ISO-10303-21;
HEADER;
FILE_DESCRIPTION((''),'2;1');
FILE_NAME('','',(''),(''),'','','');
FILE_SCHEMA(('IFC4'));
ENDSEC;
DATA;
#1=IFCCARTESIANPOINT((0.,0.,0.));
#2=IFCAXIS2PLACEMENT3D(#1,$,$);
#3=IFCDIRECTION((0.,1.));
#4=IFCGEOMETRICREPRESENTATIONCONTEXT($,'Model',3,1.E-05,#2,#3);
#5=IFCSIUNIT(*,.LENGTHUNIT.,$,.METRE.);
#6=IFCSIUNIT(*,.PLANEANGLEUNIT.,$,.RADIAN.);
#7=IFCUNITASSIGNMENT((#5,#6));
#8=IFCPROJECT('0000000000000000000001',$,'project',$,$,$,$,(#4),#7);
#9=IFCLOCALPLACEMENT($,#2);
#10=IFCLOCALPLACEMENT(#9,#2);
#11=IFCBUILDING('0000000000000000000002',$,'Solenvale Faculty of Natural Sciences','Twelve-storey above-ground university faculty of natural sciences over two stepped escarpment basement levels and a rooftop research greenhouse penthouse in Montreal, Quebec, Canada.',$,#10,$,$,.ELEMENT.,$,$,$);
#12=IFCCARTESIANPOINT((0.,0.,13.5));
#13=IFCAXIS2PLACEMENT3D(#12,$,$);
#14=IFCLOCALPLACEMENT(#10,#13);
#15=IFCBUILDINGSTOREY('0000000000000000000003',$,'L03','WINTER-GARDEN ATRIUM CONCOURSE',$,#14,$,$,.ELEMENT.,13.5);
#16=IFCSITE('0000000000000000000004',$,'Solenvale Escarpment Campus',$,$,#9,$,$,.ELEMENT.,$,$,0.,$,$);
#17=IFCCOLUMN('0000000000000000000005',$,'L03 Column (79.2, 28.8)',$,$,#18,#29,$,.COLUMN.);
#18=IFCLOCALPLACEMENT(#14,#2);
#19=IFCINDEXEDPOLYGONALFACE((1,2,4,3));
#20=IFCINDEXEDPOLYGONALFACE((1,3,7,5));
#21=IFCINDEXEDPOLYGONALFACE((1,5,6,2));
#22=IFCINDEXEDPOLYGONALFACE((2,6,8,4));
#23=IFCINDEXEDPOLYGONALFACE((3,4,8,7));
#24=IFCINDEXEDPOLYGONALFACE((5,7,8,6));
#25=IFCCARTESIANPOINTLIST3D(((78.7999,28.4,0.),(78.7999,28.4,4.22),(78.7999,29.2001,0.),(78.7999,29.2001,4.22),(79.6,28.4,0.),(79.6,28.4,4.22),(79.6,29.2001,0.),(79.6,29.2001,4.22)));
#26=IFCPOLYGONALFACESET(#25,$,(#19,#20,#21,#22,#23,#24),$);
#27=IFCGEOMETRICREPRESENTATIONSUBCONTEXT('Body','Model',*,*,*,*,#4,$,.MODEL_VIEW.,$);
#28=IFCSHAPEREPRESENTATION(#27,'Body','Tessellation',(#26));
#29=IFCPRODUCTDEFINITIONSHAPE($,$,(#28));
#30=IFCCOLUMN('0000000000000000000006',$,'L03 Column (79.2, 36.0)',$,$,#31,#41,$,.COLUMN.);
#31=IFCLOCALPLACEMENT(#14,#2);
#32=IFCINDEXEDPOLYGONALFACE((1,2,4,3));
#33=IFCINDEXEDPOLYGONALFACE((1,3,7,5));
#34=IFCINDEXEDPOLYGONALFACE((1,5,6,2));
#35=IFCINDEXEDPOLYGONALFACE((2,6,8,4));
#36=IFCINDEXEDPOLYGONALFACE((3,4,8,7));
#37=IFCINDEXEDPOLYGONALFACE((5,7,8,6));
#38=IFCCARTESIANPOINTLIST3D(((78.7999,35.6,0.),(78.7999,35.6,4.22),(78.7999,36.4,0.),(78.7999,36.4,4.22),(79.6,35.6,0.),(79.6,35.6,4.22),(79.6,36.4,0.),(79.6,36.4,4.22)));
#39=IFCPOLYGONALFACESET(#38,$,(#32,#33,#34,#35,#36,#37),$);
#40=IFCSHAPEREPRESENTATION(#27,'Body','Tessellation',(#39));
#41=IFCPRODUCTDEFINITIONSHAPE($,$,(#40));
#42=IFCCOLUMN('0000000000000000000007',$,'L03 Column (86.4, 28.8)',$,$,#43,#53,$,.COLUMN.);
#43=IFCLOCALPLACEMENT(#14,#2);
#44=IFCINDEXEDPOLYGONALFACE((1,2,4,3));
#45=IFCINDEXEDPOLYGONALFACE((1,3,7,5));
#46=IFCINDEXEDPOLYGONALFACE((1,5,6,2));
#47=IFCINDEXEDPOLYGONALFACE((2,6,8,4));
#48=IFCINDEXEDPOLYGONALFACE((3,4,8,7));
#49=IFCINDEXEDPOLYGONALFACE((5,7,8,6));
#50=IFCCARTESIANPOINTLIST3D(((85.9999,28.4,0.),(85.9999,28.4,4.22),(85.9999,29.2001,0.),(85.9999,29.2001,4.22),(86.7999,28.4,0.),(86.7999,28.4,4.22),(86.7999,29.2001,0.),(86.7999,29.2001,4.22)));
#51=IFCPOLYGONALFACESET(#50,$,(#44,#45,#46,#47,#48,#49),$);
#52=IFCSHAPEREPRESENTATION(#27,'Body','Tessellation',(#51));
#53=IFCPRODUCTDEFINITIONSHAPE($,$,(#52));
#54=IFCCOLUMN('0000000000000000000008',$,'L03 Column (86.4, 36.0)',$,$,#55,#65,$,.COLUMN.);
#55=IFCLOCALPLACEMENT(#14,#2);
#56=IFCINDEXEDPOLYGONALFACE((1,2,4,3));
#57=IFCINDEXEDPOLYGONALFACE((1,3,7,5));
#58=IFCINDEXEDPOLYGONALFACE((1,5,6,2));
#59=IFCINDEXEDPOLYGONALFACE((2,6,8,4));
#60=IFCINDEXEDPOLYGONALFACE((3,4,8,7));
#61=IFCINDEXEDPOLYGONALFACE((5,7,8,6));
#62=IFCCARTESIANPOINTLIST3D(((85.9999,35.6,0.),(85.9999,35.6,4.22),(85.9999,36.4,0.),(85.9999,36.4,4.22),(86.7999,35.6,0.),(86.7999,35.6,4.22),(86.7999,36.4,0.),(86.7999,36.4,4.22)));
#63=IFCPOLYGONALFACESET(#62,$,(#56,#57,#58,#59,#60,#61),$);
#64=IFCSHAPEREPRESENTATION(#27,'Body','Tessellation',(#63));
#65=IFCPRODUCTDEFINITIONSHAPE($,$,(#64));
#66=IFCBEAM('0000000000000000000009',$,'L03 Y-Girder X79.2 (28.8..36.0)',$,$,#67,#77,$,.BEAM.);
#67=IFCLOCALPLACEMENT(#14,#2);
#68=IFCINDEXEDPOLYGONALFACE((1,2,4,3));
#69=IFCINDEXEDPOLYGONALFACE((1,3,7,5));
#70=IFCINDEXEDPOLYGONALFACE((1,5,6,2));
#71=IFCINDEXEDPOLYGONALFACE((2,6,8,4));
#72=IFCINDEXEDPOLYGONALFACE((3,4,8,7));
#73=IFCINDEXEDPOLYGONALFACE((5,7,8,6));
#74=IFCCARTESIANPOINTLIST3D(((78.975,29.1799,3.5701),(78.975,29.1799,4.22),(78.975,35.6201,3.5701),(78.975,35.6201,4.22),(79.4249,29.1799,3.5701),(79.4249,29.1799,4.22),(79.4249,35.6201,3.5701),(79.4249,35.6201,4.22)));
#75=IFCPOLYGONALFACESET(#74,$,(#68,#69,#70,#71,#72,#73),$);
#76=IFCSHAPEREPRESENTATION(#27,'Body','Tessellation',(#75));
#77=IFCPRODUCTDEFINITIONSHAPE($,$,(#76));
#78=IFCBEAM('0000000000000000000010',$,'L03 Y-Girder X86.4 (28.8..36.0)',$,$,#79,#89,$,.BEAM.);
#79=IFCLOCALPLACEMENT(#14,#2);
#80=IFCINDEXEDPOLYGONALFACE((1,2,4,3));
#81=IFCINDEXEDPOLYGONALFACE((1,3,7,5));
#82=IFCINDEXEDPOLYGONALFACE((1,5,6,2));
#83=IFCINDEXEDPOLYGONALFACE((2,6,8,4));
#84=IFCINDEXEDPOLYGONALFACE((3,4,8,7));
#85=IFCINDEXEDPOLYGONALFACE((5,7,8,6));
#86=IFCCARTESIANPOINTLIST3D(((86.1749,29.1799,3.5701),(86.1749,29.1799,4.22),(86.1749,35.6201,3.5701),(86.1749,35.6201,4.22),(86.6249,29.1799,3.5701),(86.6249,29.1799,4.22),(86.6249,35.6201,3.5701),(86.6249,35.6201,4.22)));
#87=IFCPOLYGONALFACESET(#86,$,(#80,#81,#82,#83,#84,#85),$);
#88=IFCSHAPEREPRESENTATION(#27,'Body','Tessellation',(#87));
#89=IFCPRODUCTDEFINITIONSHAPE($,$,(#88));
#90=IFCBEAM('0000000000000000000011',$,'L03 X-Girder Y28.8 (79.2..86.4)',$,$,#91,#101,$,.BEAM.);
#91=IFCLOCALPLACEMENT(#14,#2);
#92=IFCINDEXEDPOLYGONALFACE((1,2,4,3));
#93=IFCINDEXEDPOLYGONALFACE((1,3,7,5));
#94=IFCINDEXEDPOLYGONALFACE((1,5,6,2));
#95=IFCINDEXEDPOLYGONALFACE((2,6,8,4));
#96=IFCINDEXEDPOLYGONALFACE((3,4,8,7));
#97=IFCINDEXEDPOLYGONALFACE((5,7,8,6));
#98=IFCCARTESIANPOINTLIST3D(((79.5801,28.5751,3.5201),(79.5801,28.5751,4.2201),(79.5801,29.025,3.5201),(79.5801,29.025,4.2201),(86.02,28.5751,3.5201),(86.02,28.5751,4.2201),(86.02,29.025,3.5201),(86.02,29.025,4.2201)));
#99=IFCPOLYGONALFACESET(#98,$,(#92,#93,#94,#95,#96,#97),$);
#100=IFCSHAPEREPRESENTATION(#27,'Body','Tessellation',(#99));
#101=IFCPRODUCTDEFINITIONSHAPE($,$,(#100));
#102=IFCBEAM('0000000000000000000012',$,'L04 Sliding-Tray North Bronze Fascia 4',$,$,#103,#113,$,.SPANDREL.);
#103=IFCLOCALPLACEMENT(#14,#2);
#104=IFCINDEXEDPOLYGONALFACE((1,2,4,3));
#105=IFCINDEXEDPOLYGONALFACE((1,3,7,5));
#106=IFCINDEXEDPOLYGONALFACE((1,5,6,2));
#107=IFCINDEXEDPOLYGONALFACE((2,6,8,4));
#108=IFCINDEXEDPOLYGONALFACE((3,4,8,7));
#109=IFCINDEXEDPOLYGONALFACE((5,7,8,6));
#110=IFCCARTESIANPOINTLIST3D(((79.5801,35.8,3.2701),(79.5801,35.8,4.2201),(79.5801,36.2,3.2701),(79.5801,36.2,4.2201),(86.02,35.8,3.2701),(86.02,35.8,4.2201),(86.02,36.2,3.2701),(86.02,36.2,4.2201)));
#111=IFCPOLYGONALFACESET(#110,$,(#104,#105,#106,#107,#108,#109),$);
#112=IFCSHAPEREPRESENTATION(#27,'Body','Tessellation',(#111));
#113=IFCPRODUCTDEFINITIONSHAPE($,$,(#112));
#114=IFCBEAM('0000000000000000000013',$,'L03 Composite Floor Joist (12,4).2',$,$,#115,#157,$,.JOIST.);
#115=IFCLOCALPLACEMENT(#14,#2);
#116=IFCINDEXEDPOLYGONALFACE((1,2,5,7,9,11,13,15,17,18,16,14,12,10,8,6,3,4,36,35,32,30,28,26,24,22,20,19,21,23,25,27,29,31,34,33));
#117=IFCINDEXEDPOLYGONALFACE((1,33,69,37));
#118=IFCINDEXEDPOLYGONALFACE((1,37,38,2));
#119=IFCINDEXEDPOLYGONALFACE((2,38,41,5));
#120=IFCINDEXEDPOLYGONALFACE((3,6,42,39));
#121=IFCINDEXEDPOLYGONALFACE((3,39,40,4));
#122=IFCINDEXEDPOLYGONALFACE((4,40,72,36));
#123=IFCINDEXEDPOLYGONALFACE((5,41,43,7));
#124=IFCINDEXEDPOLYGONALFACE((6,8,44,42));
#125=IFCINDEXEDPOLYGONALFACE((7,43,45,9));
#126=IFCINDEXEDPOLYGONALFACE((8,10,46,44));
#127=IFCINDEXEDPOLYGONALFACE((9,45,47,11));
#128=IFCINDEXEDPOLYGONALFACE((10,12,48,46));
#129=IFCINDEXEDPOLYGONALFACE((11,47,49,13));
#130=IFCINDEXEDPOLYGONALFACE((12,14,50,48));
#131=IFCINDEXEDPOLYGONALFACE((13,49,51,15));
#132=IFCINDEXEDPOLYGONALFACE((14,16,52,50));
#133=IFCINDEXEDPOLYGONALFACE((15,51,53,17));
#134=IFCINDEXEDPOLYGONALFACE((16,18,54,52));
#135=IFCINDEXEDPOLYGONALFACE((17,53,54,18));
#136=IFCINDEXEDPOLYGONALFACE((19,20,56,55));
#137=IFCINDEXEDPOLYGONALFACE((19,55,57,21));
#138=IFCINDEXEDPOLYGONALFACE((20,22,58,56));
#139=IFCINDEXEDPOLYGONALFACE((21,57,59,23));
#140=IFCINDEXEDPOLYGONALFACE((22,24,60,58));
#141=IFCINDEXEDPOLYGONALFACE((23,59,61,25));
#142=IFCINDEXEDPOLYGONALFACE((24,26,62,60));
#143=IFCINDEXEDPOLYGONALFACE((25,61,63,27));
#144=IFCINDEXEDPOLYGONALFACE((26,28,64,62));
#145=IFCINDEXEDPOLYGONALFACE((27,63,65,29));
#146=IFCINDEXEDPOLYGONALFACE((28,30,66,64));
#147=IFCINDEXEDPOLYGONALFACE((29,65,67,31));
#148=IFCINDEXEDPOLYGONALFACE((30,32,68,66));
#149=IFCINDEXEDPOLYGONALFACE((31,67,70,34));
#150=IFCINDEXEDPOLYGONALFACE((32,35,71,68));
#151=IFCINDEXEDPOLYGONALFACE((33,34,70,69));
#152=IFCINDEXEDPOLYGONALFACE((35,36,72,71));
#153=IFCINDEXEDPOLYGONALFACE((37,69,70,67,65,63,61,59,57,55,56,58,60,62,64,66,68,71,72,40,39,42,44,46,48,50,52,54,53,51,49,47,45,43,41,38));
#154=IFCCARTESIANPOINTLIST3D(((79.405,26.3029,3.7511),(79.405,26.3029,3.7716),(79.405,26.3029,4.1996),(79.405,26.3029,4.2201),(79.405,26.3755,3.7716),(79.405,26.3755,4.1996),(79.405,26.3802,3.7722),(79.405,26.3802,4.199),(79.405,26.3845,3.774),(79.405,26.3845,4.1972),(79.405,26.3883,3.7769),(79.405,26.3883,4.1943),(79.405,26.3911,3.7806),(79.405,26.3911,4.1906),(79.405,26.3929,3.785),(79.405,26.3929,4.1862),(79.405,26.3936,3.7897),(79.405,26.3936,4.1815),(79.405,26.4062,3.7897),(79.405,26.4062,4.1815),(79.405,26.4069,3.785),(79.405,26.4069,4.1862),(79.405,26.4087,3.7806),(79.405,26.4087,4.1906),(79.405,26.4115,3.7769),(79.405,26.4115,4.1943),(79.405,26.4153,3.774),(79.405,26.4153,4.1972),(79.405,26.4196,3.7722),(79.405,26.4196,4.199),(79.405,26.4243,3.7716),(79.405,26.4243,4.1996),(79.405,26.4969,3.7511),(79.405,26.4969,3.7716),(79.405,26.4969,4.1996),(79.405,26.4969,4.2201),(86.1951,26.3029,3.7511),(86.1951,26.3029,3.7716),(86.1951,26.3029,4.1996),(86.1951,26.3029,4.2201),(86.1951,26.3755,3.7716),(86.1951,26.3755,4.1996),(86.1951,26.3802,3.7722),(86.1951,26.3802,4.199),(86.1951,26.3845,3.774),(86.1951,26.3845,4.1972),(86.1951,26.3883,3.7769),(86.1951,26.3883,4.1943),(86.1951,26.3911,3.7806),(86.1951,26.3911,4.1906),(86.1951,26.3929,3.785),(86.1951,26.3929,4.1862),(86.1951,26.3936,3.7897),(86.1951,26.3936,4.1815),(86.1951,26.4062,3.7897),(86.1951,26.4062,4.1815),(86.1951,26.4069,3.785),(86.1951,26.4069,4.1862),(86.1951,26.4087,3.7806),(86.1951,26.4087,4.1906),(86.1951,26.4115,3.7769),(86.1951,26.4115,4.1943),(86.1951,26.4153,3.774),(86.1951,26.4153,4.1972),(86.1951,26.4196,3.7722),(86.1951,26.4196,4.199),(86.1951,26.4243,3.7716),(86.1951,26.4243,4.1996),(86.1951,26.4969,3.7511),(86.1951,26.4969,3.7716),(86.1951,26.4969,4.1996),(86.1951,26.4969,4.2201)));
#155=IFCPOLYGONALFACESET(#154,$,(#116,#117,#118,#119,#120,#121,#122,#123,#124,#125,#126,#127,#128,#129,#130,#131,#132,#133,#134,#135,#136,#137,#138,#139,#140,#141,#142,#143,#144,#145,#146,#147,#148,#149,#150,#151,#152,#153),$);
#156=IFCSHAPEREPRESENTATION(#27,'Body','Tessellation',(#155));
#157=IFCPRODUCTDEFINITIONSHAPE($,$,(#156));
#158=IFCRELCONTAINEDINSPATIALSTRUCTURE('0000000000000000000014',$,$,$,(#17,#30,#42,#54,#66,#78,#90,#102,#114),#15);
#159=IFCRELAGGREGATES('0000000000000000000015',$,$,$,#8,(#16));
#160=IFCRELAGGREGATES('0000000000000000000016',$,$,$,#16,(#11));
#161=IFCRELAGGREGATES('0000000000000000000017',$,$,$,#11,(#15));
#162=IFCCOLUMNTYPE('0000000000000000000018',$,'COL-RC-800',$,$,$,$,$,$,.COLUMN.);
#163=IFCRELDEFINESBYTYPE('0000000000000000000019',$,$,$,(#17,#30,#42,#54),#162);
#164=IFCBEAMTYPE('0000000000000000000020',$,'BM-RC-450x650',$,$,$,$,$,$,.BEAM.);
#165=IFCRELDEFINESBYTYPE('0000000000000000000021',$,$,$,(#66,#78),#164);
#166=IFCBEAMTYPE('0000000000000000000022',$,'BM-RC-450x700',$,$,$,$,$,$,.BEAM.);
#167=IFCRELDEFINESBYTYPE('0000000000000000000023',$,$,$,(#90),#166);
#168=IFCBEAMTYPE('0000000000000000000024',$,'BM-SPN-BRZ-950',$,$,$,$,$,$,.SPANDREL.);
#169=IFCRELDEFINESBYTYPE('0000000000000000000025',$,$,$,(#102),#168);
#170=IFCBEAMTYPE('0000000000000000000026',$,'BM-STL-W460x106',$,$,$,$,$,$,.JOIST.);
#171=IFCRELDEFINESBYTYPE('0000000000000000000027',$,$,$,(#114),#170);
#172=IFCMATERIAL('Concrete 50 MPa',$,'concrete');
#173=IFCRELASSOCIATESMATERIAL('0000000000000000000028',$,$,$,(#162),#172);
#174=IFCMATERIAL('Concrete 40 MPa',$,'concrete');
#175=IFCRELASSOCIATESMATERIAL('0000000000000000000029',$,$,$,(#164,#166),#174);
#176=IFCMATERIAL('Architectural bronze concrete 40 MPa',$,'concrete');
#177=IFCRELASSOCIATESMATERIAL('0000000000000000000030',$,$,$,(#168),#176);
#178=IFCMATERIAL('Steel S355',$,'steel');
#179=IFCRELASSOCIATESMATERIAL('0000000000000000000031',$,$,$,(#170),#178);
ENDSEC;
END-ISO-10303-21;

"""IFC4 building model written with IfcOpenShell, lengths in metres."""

from ifc_helpers import new_model, si_unit, direction, frame, origin, origin_2d, place, context, subcontext, project, spatial, rectangle, i_section, extrude, material, material_profile, profile_set, type_object, element, save


model = new_model("IFC4")

# Units and contexts
model_context = context("Model", 3, precision=1e-05, world=origin(), true_north=direction((0.0, 1.0)))
body_context = subcontext(model_context, "Body", "Model", "MODEL_VIEW")
ifc_project = project(units=[si_unit("LENGTHUNIT", "METRE"), si_unit("PLANEANGLEUNIT", "RADIAN")], contexts=[model_context])

# Site, building, storey
site_placement = place(None, origin())
site = spatial("IfcSite", under=ifc_project, at=site_placement, Name="Solenvale Escarpment Campus", CompositionType="ELEMENT", RefElevation=0.0)
building_placement = place(site_placement, origin())
building = spatial("IfcBuilding", under=site, at=building_placement, Name="Solenvale Faculty of Natural Sciences", Description="Twelve-storey above-ground university faculty of natural sciences over two stepped escarpment basement levels and a rooftop research greenhouse penthouse in Montreal, Quebec, Canada.", CompositionType="ELEMENT")
storey_placement = place(building_placement, frame((0.0, 0.0, 13.5)))
storey = spatial("IfcBuildingStorey", under=building, at=storey_placement, Name="L03", Description="WINTER-GARDEN ATRIUM CONCOURSE", CompositionType="ELEMENT", Elevation=13.5)

# Columns
ifc_material_1 = material(Name="Concrete 50 MPa", Category="concrete")
ifc_material_profile_1 = material_profile(ifc_material_1, rectangle(XDim=0.8, YDim=0.8, at=origin_2d()), Name="RC-COL-800x800")
ifc_profile_set_1 = profile_set([ifc_material_profile_1], Name="Concrete 50 MPa")
column_type = type_object("IfcColumnType", Name="COL-RC-800", PredefinedType="COLUMN", material=ifc_profile_set_1)
for number, where, z_axis, x_axis, name in (
    (1, (79.2, 28.8, 0.0), (0.0, 0.0, 1.0), (1.0, 0.0, 0.0), "L03 Column (79.2, 28.8)"),
    (2, (79.2, 36.0, 0.0), (0.0, 0.0, 1.0), (1.0, 0.0, 0.0), "L03 Column (79.2, 36.0)"),
    (3, (86.3999, 28.8, 0.0), (0.0, 0.0, 1.0), (1.0, 0.0, 0.0), "L03 Column (86.4, 28.8)"),
    (4, (86.3999, 36.0, 0.0), (0.0, 0.0, 1.0), (1.0, 0.0, 0.0), "L03 Column (86.4, 36.0)"),
):
    element("IfcColumn", number, at=place(storey_placement, frame(where, z_axis=z_axis, x_axis=x_axis)), inside=storey, type_object=column_type, Name=name, PredefinedType="COLUMN", context=body_context, shape_type="SweptSolid", body=[
        extrude(rectangle(XDim=0.8, YDim=0.8, at=origin_2d()), origin(), (0.0, 0.0, 1.0), 4.22),
    ])

# Beams
ifc_material_2 = material(Name="Concrete 40 MPa", Category="concrete")
ifc_material_profile_2 = material_profile(ifc_material_2, rectangle(XDim=0.45, YDim=0.6499, at=origin_2d()), Name="RC-BM-450x650")
ifc_profile_set_2 = profile_set([ifc_material_profile_2], Name="Concrete 40 MPa")
beam_type_1 = type_object("IfcBeamType", Name="BM-RC-450x650", PredefinedType="BEAM", material=ifc_profile_set_2)
for number, where, z_axis, x_axis, name in (
    (5, (79.2, 29.1799, 3.895), (0.0, 1.0, 0.0), (-1.0, 0.0, 0.0), "L03 Y-Girder X79.2 (28.8..36.0)"),
    (6, (86.3999, 29.1799, 3.895), (0.0, 1.0, 0.0), (-1.0, 0.0, 0.0), "L03 Y-Girder X86.4 (28.8..36.0)"),
):
    element("IfcBeam", number, at=place(storey_placement, frame(where, z_axis=z_axis, x_axis=x_axis)), inside=storey, type_object=beam_type_1, Name=name, PredefinedType="BEAM", context=body_context, shape_type="SweptSolid", body=[
        extrude(rectangle(XDim=0.45, YDim=0.6499, at=origin_2d()), origin(), (0.0, 0.0, 1.0), 6.4402),
    ])
ifc_material_profile_3 = material_profile(ifc_material_2, rectangle(XDim=0.45, YDim=0.7, at=origin_2d()), Name="RC-BM-450x700")
ifc_profile_set_3 = profile_set([ifc_material_profile_3], Name="Concrete 40 MPa")
beam_type_2 = type_object("IfcBeamType", Name="BM-RC-450x700", PredefinedType="BEAM", material=ifc_profile_set_3)
beam_1_placement = place(storey_placement, frame((79.5801, 28.8, 3.8701), z_axis=(1.0, 0.0, 0.0), x_axis=(0.0, 1.0, 0.0)))
element("IfcBeam", 7, at=beam_1_placement, inside=storey, type_object=beam_type_2, Name="L03 X-Girder Y28.8 (79.2..86.4)", PredefinedType="BEAM", context=body_context, shape_type="SweptSolid", body=[
    extrude(rectangle(XDim=0.45, YDim=0.7, at=origin_2d()), origin(), (0.0, 0.0, 1.0), 6.4399),
])
ifc_material_3 = material(Name="Architectural bronze concrete 40 MPa", Category="concrete")
ifc_material_profile_4 = material_profile(ifc_material_3, rectangle(XDim=0.3999, YDim=0.95, at=origin_2d()), Name="RC-SPN-400x950")
ifc_profile_set_4 = profile_set([ifc_material_profile_4], Name="Architectural bronze concrete 40 MPa")
beam_type_3 = type_object("IfcBeamType", Name="BM-SPN-BRZ-950", PredefinedType="SPANDREL", material=ifc_profile_set_4)
beam_2_placement = place(storey_placement, frame((79.5801, 36.0, 3.7451), z_axis=(1.0, 0.0, 0.0), x_axis=(0.0, 1.0, 0.0)))
element("IfcBeam", 8, at=beam_2_placement, inside=storey, type_object=beam_type_3, Name="L04 Sliding-Tray North Bronze Fascia 4", PredefinedType="SPANDREL", context=body_context, shape_type="SweptSolid", body=[
    extrude(rectangle(XDim=0.3999, YDim=0.95, at=origin_2d()), origin(), (0.0, 0.0, 1.0), 6.4399),
])
ifc_material_4 = material(Name="Steel S355", Category="steel")
ifc_material_profile_5 = material_profile(ifc_material_4, i_section(OverallWidth=0.1941, OverallDepth=0.469, WebThickness=0.0127, FlangeThickness=0.0205, FilletRadius=0.0181, at=origin_2d()), Name="W460x106")
ifc_profile_set_5 = profile_set([ifc_material_profile_5], Name="Steel S355")
beam_type_4 = type_object("IfcBeamType", Name="BM-STL-W460x106", PredefinedType="JOIST", material=ifc_profile_set_5)
beam_3_placement = place(storey_placement, frame((79.405, 26.3999, 3.9856), z_axis=(1.0, 0.0, 0.0), x_axis=(0.0, 1.0, 0.0)))
element("IfcBeam", 9, at=beam_3_placement, inside=storey, type_object=beam_type_4, Name="L03 Composite Floor Joist (12,4).2", PredefinedType="JOIST", context=body_context, shape_type="SweptSolid", body=[
    extrude(i_section(OverallWidth=0.1941, OverallDepth=0.469, WebThickness=0.0127, FlangeThickness=0.0205, FilletRadius=0.0181, at=origin_2d()), origin(), (0.0, 0.0, 1.0), 6.79),
])

save(model, "model.ifc")
